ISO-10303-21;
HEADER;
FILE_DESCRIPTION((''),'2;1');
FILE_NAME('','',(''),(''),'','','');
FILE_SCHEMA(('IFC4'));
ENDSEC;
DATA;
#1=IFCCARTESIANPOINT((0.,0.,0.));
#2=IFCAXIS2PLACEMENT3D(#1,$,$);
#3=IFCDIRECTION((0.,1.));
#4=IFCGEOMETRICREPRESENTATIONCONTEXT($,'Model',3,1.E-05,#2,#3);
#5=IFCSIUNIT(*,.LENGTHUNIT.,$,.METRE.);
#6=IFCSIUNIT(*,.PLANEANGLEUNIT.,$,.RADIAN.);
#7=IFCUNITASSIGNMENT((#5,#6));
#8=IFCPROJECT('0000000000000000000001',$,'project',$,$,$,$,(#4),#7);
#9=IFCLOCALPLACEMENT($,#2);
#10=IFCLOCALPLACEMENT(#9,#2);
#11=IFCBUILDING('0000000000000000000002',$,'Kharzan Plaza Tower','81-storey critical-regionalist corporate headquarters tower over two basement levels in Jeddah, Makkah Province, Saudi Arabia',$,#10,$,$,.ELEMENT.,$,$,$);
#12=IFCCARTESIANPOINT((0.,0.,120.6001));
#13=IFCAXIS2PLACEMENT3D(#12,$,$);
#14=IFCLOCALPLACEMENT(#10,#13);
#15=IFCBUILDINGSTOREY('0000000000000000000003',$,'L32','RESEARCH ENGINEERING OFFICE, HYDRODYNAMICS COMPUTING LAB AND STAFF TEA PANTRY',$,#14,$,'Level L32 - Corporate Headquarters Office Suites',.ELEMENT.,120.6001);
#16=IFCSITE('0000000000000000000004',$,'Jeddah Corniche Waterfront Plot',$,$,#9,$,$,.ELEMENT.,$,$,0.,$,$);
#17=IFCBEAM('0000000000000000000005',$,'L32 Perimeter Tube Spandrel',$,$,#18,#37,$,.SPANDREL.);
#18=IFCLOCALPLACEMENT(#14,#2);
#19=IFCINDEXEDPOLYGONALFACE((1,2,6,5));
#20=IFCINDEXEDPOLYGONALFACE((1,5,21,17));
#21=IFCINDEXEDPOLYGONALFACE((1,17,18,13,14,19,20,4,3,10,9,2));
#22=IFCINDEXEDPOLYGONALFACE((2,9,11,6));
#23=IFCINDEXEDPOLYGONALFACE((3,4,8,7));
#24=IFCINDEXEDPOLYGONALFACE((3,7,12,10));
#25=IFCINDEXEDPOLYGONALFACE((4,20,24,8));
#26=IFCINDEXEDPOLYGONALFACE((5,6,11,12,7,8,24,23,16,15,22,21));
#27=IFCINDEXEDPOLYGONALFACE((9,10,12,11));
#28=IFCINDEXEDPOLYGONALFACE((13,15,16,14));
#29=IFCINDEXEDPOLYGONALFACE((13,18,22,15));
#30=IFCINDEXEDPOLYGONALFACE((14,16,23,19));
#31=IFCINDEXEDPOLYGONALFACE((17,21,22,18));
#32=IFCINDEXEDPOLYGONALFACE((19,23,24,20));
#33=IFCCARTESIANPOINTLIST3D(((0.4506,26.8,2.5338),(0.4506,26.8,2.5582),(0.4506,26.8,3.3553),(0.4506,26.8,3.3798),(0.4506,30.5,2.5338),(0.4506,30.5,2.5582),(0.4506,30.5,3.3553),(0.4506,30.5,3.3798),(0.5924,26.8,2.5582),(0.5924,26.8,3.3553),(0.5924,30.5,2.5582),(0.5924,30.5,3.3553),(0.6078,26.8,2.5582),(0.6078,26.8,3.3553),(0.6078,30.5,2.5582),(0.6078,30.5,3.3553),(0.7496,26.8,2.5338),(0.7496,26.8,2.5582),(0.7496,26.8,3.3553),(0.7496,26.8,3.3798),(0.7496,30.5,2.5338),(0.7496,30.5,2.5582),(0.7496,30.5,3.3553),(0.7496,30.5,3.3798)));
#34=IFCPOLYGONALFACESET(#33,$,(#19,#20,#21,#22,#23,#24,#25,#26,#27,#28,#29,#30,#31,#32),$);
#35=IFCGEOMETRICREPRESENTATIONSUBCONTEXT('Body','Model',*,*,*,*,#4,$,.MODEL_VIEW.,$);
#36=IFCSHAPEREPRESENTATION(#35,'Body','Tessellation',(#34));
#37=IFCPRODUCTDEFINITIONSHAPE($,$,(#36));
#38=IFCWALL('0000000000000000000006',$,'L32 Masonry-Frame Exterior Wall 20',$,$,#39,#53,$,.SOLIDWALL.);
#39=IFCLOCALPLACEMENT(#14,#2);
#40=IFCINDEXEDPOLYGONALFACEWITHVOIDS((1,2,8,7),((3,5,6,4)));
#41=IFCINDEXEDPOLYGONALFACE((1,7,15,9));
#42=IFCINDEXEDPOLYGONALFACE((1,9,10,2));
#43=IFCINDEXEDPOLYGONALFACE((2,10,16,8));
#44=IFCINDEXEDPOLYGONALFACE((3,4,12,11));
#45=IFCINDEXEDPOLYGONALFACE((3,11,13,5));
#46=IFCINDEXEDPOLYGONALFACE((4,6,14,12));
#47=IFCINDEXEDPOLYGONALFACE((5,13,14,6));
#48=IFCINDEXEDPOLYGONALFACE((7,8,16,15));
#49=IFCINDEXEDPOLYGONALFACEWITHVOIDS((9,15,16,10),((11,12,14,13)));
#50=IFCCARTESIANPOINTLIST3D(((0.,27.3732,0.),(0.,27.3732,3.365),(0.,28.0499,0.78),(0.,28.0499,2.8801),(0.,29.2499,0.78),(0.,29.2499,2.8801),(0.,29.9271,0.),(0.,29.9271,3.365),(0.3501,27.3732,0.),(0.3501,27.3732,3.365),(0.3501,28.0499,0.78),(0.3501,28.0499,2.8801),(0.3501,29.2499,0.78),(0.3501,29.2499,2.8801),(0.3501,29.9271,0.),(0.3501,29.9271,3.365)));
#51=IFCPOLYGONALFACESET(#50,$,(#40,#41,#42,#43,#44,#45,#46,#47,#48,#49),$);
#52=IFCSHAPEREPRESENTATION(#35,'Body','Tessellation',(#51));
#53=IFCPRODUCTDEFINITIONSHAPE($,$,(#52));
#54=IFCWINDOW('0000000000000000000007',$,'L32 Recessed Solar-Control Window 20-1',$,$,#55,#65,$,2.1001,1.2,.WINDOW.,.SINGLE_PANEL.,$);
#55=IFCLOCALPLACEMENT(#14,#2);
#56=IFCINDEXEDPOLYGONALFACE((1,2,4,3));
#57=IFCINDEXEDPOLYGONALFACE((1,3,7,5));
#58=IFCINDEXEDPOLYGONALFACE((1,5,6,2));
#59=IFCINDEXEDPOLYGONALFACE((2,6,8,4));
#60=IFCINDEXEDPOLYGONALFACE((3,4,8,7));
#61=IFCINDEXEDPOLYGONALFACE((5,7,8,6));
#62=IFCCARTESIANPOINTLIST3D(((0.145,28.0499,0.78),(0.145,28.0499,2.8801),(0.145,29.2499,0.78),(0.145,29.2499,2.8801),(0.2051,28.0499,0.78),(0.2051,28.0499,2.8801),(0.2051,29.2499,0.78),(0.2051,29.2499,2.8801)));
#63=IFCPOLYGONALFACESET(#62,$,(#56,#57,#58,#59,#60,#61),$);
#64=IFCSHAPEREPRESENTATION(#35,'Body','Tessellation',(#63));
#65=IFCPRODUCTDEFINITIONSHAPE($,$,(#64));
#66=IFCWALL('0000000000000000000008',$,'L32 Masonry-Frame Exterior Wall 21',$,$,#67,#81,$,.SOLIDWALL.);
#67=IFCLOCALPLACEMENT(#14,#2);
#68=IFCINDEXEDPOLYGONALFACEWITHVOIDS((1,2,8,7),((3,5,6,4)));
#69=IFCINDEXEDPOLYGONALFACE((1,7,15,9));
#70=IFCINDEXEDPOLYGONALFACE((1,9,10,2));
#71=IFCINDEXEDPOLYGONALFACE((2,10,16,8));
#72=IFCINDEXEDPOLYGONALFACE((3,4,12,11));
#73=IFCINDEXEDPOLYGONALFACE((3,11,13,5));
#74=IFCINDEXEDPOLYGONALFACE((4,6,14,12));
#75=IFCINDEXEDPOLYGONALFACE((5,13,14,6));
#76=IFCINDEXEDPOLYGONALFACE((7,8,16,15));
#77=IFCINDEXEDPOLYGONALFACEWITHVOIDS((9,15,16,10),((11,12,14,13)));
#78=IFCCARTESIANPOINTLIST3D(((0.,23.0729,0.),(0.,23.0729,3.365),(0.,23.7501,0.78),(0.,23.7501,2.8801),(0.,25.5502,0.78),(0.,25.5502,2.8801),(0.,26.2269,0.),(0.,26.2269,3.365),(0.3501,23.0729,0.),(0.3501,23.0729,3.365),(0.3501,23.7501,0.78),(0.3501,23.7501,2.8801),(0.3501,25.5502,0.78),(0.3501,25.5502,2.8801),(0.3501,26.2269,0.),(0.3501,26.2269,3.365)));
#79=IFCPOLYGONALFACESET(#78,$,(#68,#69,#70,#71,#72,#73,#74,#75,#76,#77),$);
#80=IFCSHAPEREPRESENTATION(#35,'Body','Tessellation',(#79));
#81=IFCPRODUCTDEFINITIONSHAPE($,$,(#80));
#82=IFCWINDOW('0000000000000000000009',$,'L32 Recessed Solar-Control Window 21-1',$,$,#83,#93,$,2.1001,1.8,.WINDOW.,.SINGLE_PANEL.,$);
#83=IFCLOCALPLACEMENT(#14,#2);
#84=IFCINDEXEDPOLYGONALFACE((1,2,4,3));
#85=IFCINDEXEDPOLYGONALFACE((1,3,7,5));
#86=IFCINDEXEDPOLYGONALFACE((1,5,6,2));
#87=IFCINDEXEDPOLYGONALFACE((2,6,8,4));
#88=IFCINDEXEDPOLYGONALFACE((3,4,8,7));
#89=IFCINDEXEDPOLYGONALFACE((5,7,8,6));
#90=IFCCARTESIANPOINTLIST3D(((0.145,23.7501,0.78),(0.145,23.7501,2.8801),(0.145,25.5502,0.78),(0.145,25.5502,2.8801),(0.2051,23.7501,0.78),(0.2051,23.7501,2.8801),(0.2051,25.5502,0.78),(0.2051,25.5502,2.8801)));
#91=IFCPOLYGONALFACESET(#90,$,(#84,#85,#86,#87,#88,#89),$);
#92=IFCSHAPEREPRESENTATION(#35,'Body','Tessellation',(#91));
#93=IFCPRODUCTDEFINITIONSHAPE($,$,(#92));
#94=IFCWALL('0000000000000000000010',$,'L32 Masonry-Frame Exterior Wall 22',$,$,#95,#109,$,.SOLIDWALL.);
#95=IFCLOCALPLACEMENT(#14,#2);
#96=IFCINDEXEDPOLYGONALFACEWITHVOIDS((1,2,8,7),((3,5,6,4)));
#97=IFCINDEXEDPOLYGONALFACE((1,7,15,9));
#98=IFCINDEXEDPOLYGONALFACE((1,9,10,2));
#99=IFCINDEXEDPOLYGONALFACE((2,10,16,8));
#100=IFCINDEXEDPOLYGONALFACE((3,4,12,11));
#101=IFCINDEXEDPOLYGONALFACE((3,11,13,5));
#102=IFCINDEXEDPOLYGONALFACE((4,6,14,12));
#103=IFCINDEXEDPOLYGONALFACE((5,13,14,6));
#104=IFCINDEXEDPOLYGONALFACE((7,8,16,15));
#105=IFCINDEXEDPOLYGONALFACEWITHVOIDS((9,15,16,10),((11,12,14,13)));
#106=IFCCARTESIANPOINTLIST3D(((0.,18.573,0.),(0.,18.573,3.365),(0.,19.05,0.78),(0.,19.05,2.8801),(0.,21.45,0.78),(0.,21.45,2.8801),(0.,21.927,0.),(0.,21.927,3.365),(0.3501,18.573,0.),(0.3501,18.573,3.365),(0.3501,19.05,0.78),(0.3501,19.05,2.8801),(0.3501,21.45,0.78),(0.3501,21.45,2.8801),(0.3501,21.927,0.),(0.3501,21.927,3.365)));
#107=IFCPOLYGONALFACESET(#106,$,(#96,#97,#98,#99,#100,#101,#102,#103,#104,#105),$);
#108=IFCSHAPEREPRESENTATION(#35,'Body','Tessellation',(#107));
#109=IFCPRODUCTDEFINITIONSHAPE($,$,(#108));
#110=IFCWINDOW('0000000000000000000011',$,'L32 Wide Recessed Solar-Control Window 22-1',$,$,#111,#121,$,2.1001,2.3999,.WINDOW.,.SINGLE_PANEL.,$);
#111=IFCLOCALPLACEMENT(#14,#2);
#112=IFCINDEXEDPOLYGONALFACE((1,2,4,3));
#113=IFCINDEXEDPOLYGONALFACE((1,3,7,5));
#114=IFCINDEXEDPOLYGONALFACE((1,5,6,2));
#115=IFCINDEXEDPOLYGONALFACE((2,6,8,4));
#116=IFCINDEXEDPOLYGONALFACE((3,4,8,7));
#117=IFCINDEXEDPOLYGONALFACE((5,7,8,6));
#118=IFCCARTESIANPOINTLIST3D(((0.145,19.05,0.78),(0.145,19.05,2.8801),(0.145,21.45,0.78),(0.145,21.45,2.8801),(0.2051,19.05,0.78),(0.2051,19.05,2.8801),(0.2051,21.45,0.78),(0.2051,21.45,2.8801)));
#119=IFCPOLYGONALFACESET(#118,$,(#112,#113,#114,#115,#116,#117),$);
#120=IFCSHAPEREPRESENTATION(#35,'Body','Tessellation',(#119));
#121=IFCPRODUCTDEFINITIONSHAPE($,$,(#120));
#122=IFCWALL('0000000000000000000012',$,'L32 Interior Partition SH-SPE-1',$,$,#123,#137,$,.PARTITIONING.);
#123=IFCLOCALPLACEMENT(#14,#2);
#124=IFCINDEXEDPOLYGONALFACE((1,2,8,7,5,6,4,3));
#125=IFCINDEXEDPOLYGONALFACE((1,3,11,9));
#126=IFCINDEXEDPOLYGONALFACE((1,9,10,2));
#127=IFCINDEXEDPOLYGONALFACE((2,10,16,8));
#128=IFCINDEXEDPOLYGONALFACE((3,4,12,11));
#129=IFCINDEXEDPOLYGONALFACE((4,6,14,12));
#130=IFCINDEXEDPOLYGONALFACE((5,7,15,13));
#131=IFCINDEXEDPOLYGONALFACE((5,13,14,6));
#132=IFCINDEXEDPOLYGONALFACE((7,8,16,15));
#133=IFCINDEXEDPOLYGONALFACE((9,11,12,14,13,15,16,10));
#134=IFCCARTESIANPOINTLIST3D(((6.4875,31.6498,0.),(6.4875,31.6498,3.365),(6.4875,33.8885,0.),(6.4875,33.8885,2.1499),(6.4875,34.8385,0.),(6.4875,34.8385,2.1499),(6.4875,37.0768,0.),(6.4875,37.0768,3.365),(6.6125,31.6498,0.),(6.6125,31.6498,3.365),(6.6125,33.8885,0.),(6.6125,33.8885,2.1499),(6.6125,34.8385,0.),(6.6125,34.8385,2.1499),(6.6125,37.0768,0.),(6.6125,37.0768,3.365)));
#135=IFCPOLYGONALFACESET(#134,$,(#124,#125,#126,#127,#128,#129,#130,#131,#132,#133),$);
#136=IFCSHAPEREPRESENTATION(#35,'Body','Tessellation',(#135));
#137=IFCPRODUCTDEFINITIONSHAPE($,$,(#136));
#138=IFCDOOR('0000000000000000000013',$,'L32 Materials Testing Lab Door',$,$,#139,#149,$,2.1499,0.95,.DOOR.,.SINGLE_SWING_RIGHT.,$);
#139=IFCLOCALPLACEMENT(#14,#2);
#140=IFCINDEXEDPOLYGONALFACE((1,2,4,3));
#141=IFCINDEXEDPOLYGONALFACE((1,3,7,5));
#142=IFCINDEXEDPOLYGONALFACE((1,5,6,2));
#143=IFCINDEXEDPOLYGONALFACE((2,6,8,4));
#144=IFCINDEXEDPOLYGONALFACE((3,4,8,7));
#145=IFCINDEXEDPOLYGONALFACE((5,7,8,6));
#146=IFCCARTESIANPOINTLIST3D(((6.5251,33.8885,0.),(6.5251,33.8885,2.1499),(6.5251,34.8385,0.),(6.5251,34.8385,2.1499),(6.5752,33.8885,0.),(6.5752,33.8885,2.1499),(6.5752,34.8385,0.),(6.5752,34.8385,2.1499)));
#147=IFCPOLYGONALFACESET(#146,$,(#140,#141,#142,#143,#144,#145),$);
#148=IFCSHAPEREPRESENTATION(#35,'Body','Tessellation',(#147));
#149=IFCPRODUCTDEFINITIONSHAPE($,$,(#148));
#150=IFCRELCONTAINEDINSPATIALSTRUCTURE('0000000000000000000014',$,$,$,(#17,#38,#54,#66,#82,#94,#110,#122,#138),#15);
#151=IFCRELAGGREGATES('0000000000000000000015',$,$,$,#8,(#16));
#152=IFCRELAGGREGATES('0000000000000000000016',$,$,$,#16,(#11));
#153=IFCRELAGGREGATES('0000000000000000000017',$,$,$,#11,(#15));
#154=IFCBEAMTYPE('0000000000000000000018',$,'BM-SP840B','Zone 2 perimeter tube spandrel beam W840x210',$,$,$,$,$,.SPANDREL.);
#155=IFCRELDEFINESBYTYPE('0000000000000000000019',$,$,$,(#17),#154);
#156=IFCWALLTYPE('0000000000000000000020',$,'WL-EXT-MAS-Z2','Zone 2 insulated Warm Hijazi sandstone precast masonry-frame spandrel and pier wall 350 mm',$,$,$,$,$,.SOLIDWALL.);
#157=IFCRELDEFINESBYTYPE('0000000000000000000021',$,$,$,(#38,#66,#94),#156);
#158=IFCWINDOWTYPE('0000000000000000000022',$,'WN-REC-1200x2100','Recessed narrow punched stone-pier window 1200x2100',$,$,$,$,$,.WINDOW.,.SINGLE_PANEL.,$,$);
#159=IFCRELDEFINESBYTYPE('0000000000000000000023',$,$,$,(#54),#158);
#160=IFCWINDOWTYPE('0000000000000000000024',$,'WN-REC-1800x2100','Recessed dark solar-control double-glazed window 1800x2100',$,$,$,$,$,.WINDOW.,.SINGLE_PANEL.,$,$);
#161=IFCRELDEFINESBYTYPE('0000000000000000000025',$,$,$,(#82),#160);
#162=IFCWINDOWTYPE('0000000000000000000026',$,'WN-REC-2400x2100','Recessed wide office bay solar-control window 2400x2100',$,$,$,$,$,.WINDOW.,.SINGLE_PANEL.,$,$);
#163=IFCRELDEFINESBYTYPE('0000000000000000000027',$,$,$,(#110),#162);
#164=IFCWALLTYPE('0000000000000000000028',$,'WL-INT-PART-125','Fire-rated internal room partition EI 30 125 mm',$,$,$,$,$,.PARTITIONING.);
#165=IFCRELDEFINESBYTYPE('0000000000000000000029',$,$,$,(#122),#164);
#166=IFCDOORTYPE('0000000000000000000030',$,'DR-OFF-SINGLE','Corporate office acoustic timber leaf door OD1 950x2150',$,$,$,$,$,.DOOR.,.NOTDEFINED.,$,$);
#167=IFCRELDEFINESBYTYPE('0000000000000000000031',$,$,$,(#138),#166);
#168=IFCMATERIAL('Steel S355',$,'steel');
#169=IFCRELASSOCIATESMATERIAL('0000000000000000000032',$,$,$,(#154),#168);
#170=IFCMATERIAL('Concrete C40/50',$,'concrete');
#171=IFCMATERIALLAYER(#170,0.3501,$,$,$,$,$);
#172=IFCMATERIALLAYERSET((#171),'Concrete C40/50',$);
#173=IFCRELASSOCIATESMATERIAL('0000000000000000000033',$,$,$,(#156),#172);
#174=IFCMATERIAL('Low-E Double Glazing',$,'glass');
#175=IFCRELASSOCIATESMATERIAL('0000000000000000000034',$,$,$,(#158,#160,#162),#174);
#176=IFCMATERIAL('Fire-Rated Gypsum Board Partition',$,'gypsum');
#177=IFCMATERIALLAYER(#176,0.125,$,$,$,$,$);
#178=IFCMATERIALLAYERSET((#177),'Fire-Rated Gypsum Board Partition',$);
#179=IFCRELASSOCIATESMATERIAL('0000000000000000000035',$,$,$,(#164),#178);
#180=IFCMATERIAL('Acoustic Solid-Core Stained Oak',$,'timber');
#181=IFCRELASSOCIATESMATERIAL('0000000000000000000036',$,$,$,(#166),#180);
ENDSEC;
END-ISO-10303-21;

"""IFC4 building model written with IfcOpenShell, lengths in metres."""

from ifc_helpers import new_model, si_unit, direction, frame, frame_2d, origin, origin_2d, place, context, subcontext, project, spatial, rectangle, i_section, extrude, source, transform, mapped, material, layer, layer_set, material_profile, profile_set, type_object, element, fill, save


model = new_model("IFC4")

# Units and contexts
model_context = context("Model", 3, precision=1e-05, world=origin(), true_north=direction((0.0, 1.0)))
body_context = subcontext(model_context, "Body", "Model", "MODEL_VIEW")
ifc_project = project(units=[si_unit("LENGTHUNIT", "METRE"), si_unit("PLANEANGLEUNIT", "RADIAN")], contexts=[model_context])

# Site, building, storey
site_placement = place(None, origin())
site = spatial("IfcSite", under=ifc_project, at=site_placement, Name="Jeddah Corniche Waterfront Plot", CompositionType="ELEMENT", RefElevation=0.0)
building_placement = place(site_placement, origin())
building = spatial("IfcBuilding", under=site, at=building_placement, Name="Kharzan Plaza Tower", Description="81-storey critical-regionalist corporate headquarters tower over two basement levels in Jeddah, Makkah Province, Saudi Arabia", CompositionType="ELEMENT")
storey_placement = place(building_placement, frame((0.0, 0.0, 120.6001)))
storey = spatial("IfcBuildingStorey", under=building, at=storey_placement, Name="L32", Description="RESEARCH ENGINEERING OFFICE, HYDRODYNAMICS COMPUTING LAB AND STAFF TEA PANTRY", LongName="Level L32 - Corporate Headquarters Office Suites", CompositionType="ELEMENT", Elevation=120.6001)

# Beam
ifc_material_1 = material(Name="Steel S355", Category="steel")
ifc_material_profile_1 = material_profile(ifc_material_1, i_section(OverallWidth=0.2991, OverallDepth=0.8459, WebThickness=0.0154, FlangeThickness=0.0244, at=origin_2d()), Name="W840x210")
ifc_profile_set_1 = profile_set([ifc_material_profile_1], Name="Steel S355")
beam_type_1 = type_object("IfcBeamType", Name="BM-SP840B", Description="Zone 2 perimeter tube spandrel beam W840x210", PredefinedType="SPANDREL", material=ifc_profile_set_1)
shared_shape_1 = source(origin(), body_context, "Body", "SweptSolid", [
    extrude(i_section(OverallWidth=0.2991, OverallDepth=0.8459, WebThickness=0.0154, FlangeThickness=0.0244, at=origin_2d()), origin(), (0.0, 0.0, 1.0), 3.7),
])
beam_1_placement = place(storey_placement, frame((0.6001, 26.8, 2.9568), z_axis=(0.0, 1.0, 0.0), x_axis=(-1.0, 0.0, 0.0)))
element("IfcBeam", 1, at=beam_1_placement, inside=storey, type_object=beam_type_1, Name="L32 Perimeter Tube Spandrel", PredefinedType="SPANDREL", context=body_context, shape_type="MappedRepresentation", body=[
    mapped(shared_shape_1, transform((0.0, 0.0, 0.0), x_axis=(1.0, 0.0, 0.0), y_axis=(0.0, 1.0, 0.0), z_axis=(0.0, 0.0, 1.0))),
])

# Walls, openings, windows
ifc_material_2 = material(Name="Concrete C40/50", Category="concrete")
ifc_layer_1 = layer(ifc_material_2, 0.3501)
ifc_layer_set_1 = layer_set([ifc_layer_1], Name="Concrete C40/50")
wall_type_1 = type_object("IfcWallType", Name="WL-EXT-MAS-Z2", Description="Zone 2 insulated Warm Hijazi sandstone precast masonry-frame spandrel and pier wall 350 mm", PredefinedType="SOLIDWALL", material=ifc_layer_set_1)
wall_1_placement = place(storey_placement, frame((0.175, 29.927, 0.0), z_axis=(0.0, 0.0, 1.0), x_axis=(0.0, -1.0, 0.0)))
wall_1 = element("IfcWall", 2, at=wall_1_placement, inside=storey, type_object=wall_type_1, Name="L32 Masonry-Frame Exterior Wall 20", PredefinedType="SOLIDWALL", context=body_context, shape_type="SweptSolid", body=[
    extrude(rectangle(XDim=2.554, YDim=0.3501, at=frame_2d((1.2769, 0.0))), origin(), (0.0, 0.0, 1.0), 3.365),
])
opening_1_placement = place(wall_1_placement, frame((0.677, 0.0, 0.78)))
opening_1 = element("IfcOpeningElement", 3, at=opening_1_placement, cuts=wall_1, PredefinedType="OPENING", context=body_context, shape_type="SweptSolid", body=[
    extrude(rectangle(XDim=1.2, YDim=2.1001, at=frame_2d((0.6001, 1.05))), frame((0.0, 0.1851, 0.0), z_axis=(0.0, -1.0, 0.0), x_axis=(1.0, 0.0, 0.0)), (0.0, 0.0, 1.0), 0.3701),
])
ifc_material_3 = material(Name="Low-E Double Glazing", Category="glass")
window_type_1 = type_object("IfcWindowType", Name="WN-REC-1200x2100", Description="Recessed narrow punched stone-pier window 1200x2100", PartitioningType="SINGLE_PANEL", PredefinedType="WINDOW", material=ifc_material_3)
shared_shape_2 = source(origin(), body_context, "Body", "SweptSolid", [
    extrude(rectangle(XDim=1.2, YDim=2.1001, at=frame_2d((0.6001, 1.05))), frame((0.0, 0.03, 0.0), z_axis=(0.0, -1.0, 0.0), x_axis=(1.0, 0.0, 0.0)), (0.0, 0.0, 1.0), 0.0601),
])
window_1_placement = place(opening_1_placement, origin())
window_1 = element("IfcWindow", 4, at=window_1_placement, inside=storey, type_object=window_type_1, Name="L32 Recessed Solar-Control Window 20-1", OverallHeight=2.1001, OverallWidth=1.2, PartitioningType="SINGLE_PANEL", PredefinedType="WINDOW", context=body_context, shape_type="MappedRepresentation", body=[
    mapped(shared_shape_2, transform((0.0, 0.0, 0.0), x_axis=(1.0, 0.0, 0.0), y_axis=(0.0, 1.0, 0.0), z_axis=(0.0, 0.0, 1.0))),
])
fill(opening_1, window_1)
wall_2_placement = place(storey_placement, frame((0.175, 26.2271, 0.0), z_axis=(0.0, 0.0, 1.0), x_axis=(0.0, -1.0, 0.0)))
wall_2 = element("IfcWall", 5, at=wall_2_placement, inside=storey, type_object=wall_type_1, Name="L32 Masonry-Frame Exterior Wall 21", PredefinedType="SOLIDWALL", context=body_context, shape_type="SweptSolid", body=[
    extrude(rectangle(XDim=3.1541, YDim=0.3501, at=frame_2d((1.5771, 0.0))), origin(), (0.0, 0.0, 1.0), 3.365),
])
opening_2_placement = place(wall_2_placement, frame((0.677, 0.0, 0.78)))
opening_2 = element("IfcOpeningElement", 6, at=opening_2_placement, cuts=wall_2, PredefinedType="OPENING", context=body_context, shape_type="SweptSolid", body=[
    extrude(rectangle(XDim=1.8, YDim=2.1001, at=frame_2d((0.8999, 1.05))), frame((0.0, 0.1851, 0.0), z_axis=(0.0, -1.0, 0.0), x_axis=(1.0, 0.0, 0.0)), (0.0, 0.0, 1.0), 0.3701),
])
window_type_2 = type_object("IfcWindowType", Name="WN-REC-1800x2100", Description="Recessed dark solar-control double-glazed window 1800x2100", PartitioningType="SINGLE_PANEL", PredefinedType="WINDOW", material=ifc_material_3)
shared_shape_3 = source(origin(), body_context, "Body", "SweptSolid", [
    extrude(rectangle(XDim=1.8, YDim=2.1001, at=frame_2d((0.8999, 1.05))), frame((0.0, 0.03, 0.0), z_axis=(0.0, -1.0, 0.0), x_axis=(1.0, 0.0, 0.0)), (0.0, 0.0, 1.0), 0.0601),
])
window_2_placement = place(opening_2_placement, origin())
window_2 = element("IfcWindow", 7, at=window_2_placement, inside=storey, type_object=window_type_2, Name="L32 Recessed Solar-Control Window 21-1", OverallHeight=2.1001, OverallWidth=1.8, PartitioningType="SINGLE_PANEL", PredefinedType="WINDOW", context=body_context, shape_type="MappedRepresentation", body=[
    mapped(shared_shape_3, transform((0.0, 0.0, 0.0), x_axis=(1.0, 0.0, 0.0), y_axis=(0.0, 1.0, 0.0), z_axis=(0.0, 0.0, 1.0))),
])
fill(opening_2, window_2)
wall_3_placement = place(storey_placement, frame((0.175, 21.927, 0.0), z_axis=(0.0, 0.0, 1.0), x_axis=(0.0, -1.0, 0.0)))
wall_3 = element("IfcWall", 8, at=wall_3_placement, inside=storey, type_object=wall_type_1, Name="L32 Masonry-Frame Exterior Wall 22", PredefinedType="SOLIDWALL", context=body_context, shape_type="SweptSolid", body=[
    extrude(rectangle(XDim=3.354, YDim=0.3501, at=frame_2d((1.677, 0.0))), origin(), (0.0, 0.0, 1.0), 3.365),
])
opening_3_placement = place(wall_3_placement, frame((0.4771, 0.0, 0.78)))
opening_3 = element("IfcOpeningElement", 9, at=opening_3_placement, cuts=wall_3, PredefinedType="OPENING", context=body_context, shape_type="SweptSolid", body=[
    extrude(rectangle(XDim=2.3999, YDim=2.1001, at=frame_2d((1.2, 1.05))), frame((0.0, 0.1851, 0.0), z_axis=(0.0, -1.0, 0.0), x_axis=(1.0, 0.0, 0.0)), (0.0, 0.0, 1.0), 0.3701),
])
window_type_3 = type_object("IfcWindowType", Name="WN-REC-2400x2100", Description="Recessed wide office bay solar-control window 2400x2100", PartitioningType="SINGLE_PANEL", PredefinedType="WINDOW", material=ifc_material_3)
shared_shape_4 = source(origin(), body_context, "Body", "SweptSolid", [
    extrude(rectangle(XDim=2.3999, YDim=2.1001, at=frame_2d((1.2, 1.05))), frame((0.0, 0.03, 0.0), z_axis=(0.0, -1.0, 0.0), x_axis=(1.0, 0.0, 0.0)), (0.0, 0.0, 1.0), 0.0601),
])
window_3_placement = place(opening_3_placement, origin())
window_3 = element("IfcWindow", 10, at=window_3_placement, inside=storey, type_object=window_type_3, Name="L32 Wide Recessed Solar-Control Window 22-1", OverallHeight=2.1001, OverallWidth=2.3999, PartitioningType="SINGLE_PANEL", PredefinedType="WINDOW", context=body_context, shape_type="MappedRepresentation", body=[
    mapped(shared_shape_4, transform((0.0, 0.0, 0.0), x_axis=(1.0, 0.0, 0.0), y_axis=(0.0, 1.0, 0.0), z_axis=(0.0, 0.0, 1.0))),
])
fill(opening_3, window_3)

# Wall, opening, door
ifc_material_4 = material(Name="Fire-Rated Gypsum Board Partition", Category="gypsum")
ifc_layer_2 = layer(ifc_material_4, 0.125)
ifc_layer_set_2 = layer_set([ifc_layer_2], Name="Fire-Rated Gypsum Board Partition")
wall_type_2 = type_object("IfcWallType", Name="WL-INT-PART-125", Description="Fire-rated internal room partition EI 30 125 mm", PredefinedType="PARTITIONING", material=ifc_layer_set_2)
ifc_material_5 = material(Name="Acoustic Solid-Core Stained Oak", Category="timber")
door_type_1 = type_object("IfcDoorType", Name="DR-OFF-SINGLE", Description="Corporate office acoustic timber leaf door OD1 950x2150", OperationType="NOTDEFINED", PredefinedType="DOOR", material=ifc_material_5)
shared_shape_5 = source(origin(), body_context, "Body", "SweptSolid", [
    extrude(rectangle(XDim=0.95, YDim=2.1499, at=frame_2d((0.4751, 1.075))), frame((0.0, 0.0249, 0.0), z_axis=(0.0, -1.0, 0.0), x_axis=(1.0, 0.0, 0.0)), (0.0, 0.0, 1.0), 0.05),
])
wall_4_placement = place(storey_placement, frame((6.55, 31.6499, 0.0), z_axis=(0.0, 0.0, 1.0), x_axis=(0.0, 1.0, 0.0)))
wall_4 = element("IfcWall", 11, at=wall_4_placement, inside=storey, type_object=wall_type_2, Name="L32 Interior Partition SH-SPE-1", PredefinedType="PARTITIONING", context=body_context, shape_type="SweptSolid", body=[
    extrude(rectangle(XDim=5.427, YDim=0.125, at=frame_2d((2.7134, 0.0))), origin(), (0.0, 0.0, 1.0), 3.365),
])
opening_4_placement = place(wall_4_placement, frame((2.2385, 0.0, 0.0)))
opening_4 = element("IfcOpeningElement", 12, at=opening_4_placement, cuts=wall_4, PredefinedType="OPENING", context=body_context, shape_type="SweptSolid", body=[
    extrude(rectangle(XDim=0.95, YDim=2.1499, at=frame_2d((0.4751, 1.075))), frame((0.0, 0.0725, 0.0), z_axis=(0.0, -1.0, 0.0), x_axis=(1.0, 0.0, 0.0)), (0.0, 0.0, 1.0), 0.145),
])
door_1_placement = place(opening_4_placement, origin())
door_1 = element("IfcDoor", 13, at=door_1_placement, inside=storey, type_object=door_type_1, Name="L32 Materials Testing Lab Door", OperationType="SINGLE_SWING_RIGHT", OverallHeight=2.1499, OverallWidth=0.95, PredefinedType="DOOR", context=body_context, shape_type="MappedRepresentation", body=[
    mapped(shared_shape_5, transform((0.0, 0.0, 0.0), x_axis=(1.0, 0.0, 0.0), y_axis=(0.0, 1.0, 0.0), z_axis=(0.0, 0.0, 1.0))),
])
fill(opening_4, door_1)

save(model, "model.ifc")
